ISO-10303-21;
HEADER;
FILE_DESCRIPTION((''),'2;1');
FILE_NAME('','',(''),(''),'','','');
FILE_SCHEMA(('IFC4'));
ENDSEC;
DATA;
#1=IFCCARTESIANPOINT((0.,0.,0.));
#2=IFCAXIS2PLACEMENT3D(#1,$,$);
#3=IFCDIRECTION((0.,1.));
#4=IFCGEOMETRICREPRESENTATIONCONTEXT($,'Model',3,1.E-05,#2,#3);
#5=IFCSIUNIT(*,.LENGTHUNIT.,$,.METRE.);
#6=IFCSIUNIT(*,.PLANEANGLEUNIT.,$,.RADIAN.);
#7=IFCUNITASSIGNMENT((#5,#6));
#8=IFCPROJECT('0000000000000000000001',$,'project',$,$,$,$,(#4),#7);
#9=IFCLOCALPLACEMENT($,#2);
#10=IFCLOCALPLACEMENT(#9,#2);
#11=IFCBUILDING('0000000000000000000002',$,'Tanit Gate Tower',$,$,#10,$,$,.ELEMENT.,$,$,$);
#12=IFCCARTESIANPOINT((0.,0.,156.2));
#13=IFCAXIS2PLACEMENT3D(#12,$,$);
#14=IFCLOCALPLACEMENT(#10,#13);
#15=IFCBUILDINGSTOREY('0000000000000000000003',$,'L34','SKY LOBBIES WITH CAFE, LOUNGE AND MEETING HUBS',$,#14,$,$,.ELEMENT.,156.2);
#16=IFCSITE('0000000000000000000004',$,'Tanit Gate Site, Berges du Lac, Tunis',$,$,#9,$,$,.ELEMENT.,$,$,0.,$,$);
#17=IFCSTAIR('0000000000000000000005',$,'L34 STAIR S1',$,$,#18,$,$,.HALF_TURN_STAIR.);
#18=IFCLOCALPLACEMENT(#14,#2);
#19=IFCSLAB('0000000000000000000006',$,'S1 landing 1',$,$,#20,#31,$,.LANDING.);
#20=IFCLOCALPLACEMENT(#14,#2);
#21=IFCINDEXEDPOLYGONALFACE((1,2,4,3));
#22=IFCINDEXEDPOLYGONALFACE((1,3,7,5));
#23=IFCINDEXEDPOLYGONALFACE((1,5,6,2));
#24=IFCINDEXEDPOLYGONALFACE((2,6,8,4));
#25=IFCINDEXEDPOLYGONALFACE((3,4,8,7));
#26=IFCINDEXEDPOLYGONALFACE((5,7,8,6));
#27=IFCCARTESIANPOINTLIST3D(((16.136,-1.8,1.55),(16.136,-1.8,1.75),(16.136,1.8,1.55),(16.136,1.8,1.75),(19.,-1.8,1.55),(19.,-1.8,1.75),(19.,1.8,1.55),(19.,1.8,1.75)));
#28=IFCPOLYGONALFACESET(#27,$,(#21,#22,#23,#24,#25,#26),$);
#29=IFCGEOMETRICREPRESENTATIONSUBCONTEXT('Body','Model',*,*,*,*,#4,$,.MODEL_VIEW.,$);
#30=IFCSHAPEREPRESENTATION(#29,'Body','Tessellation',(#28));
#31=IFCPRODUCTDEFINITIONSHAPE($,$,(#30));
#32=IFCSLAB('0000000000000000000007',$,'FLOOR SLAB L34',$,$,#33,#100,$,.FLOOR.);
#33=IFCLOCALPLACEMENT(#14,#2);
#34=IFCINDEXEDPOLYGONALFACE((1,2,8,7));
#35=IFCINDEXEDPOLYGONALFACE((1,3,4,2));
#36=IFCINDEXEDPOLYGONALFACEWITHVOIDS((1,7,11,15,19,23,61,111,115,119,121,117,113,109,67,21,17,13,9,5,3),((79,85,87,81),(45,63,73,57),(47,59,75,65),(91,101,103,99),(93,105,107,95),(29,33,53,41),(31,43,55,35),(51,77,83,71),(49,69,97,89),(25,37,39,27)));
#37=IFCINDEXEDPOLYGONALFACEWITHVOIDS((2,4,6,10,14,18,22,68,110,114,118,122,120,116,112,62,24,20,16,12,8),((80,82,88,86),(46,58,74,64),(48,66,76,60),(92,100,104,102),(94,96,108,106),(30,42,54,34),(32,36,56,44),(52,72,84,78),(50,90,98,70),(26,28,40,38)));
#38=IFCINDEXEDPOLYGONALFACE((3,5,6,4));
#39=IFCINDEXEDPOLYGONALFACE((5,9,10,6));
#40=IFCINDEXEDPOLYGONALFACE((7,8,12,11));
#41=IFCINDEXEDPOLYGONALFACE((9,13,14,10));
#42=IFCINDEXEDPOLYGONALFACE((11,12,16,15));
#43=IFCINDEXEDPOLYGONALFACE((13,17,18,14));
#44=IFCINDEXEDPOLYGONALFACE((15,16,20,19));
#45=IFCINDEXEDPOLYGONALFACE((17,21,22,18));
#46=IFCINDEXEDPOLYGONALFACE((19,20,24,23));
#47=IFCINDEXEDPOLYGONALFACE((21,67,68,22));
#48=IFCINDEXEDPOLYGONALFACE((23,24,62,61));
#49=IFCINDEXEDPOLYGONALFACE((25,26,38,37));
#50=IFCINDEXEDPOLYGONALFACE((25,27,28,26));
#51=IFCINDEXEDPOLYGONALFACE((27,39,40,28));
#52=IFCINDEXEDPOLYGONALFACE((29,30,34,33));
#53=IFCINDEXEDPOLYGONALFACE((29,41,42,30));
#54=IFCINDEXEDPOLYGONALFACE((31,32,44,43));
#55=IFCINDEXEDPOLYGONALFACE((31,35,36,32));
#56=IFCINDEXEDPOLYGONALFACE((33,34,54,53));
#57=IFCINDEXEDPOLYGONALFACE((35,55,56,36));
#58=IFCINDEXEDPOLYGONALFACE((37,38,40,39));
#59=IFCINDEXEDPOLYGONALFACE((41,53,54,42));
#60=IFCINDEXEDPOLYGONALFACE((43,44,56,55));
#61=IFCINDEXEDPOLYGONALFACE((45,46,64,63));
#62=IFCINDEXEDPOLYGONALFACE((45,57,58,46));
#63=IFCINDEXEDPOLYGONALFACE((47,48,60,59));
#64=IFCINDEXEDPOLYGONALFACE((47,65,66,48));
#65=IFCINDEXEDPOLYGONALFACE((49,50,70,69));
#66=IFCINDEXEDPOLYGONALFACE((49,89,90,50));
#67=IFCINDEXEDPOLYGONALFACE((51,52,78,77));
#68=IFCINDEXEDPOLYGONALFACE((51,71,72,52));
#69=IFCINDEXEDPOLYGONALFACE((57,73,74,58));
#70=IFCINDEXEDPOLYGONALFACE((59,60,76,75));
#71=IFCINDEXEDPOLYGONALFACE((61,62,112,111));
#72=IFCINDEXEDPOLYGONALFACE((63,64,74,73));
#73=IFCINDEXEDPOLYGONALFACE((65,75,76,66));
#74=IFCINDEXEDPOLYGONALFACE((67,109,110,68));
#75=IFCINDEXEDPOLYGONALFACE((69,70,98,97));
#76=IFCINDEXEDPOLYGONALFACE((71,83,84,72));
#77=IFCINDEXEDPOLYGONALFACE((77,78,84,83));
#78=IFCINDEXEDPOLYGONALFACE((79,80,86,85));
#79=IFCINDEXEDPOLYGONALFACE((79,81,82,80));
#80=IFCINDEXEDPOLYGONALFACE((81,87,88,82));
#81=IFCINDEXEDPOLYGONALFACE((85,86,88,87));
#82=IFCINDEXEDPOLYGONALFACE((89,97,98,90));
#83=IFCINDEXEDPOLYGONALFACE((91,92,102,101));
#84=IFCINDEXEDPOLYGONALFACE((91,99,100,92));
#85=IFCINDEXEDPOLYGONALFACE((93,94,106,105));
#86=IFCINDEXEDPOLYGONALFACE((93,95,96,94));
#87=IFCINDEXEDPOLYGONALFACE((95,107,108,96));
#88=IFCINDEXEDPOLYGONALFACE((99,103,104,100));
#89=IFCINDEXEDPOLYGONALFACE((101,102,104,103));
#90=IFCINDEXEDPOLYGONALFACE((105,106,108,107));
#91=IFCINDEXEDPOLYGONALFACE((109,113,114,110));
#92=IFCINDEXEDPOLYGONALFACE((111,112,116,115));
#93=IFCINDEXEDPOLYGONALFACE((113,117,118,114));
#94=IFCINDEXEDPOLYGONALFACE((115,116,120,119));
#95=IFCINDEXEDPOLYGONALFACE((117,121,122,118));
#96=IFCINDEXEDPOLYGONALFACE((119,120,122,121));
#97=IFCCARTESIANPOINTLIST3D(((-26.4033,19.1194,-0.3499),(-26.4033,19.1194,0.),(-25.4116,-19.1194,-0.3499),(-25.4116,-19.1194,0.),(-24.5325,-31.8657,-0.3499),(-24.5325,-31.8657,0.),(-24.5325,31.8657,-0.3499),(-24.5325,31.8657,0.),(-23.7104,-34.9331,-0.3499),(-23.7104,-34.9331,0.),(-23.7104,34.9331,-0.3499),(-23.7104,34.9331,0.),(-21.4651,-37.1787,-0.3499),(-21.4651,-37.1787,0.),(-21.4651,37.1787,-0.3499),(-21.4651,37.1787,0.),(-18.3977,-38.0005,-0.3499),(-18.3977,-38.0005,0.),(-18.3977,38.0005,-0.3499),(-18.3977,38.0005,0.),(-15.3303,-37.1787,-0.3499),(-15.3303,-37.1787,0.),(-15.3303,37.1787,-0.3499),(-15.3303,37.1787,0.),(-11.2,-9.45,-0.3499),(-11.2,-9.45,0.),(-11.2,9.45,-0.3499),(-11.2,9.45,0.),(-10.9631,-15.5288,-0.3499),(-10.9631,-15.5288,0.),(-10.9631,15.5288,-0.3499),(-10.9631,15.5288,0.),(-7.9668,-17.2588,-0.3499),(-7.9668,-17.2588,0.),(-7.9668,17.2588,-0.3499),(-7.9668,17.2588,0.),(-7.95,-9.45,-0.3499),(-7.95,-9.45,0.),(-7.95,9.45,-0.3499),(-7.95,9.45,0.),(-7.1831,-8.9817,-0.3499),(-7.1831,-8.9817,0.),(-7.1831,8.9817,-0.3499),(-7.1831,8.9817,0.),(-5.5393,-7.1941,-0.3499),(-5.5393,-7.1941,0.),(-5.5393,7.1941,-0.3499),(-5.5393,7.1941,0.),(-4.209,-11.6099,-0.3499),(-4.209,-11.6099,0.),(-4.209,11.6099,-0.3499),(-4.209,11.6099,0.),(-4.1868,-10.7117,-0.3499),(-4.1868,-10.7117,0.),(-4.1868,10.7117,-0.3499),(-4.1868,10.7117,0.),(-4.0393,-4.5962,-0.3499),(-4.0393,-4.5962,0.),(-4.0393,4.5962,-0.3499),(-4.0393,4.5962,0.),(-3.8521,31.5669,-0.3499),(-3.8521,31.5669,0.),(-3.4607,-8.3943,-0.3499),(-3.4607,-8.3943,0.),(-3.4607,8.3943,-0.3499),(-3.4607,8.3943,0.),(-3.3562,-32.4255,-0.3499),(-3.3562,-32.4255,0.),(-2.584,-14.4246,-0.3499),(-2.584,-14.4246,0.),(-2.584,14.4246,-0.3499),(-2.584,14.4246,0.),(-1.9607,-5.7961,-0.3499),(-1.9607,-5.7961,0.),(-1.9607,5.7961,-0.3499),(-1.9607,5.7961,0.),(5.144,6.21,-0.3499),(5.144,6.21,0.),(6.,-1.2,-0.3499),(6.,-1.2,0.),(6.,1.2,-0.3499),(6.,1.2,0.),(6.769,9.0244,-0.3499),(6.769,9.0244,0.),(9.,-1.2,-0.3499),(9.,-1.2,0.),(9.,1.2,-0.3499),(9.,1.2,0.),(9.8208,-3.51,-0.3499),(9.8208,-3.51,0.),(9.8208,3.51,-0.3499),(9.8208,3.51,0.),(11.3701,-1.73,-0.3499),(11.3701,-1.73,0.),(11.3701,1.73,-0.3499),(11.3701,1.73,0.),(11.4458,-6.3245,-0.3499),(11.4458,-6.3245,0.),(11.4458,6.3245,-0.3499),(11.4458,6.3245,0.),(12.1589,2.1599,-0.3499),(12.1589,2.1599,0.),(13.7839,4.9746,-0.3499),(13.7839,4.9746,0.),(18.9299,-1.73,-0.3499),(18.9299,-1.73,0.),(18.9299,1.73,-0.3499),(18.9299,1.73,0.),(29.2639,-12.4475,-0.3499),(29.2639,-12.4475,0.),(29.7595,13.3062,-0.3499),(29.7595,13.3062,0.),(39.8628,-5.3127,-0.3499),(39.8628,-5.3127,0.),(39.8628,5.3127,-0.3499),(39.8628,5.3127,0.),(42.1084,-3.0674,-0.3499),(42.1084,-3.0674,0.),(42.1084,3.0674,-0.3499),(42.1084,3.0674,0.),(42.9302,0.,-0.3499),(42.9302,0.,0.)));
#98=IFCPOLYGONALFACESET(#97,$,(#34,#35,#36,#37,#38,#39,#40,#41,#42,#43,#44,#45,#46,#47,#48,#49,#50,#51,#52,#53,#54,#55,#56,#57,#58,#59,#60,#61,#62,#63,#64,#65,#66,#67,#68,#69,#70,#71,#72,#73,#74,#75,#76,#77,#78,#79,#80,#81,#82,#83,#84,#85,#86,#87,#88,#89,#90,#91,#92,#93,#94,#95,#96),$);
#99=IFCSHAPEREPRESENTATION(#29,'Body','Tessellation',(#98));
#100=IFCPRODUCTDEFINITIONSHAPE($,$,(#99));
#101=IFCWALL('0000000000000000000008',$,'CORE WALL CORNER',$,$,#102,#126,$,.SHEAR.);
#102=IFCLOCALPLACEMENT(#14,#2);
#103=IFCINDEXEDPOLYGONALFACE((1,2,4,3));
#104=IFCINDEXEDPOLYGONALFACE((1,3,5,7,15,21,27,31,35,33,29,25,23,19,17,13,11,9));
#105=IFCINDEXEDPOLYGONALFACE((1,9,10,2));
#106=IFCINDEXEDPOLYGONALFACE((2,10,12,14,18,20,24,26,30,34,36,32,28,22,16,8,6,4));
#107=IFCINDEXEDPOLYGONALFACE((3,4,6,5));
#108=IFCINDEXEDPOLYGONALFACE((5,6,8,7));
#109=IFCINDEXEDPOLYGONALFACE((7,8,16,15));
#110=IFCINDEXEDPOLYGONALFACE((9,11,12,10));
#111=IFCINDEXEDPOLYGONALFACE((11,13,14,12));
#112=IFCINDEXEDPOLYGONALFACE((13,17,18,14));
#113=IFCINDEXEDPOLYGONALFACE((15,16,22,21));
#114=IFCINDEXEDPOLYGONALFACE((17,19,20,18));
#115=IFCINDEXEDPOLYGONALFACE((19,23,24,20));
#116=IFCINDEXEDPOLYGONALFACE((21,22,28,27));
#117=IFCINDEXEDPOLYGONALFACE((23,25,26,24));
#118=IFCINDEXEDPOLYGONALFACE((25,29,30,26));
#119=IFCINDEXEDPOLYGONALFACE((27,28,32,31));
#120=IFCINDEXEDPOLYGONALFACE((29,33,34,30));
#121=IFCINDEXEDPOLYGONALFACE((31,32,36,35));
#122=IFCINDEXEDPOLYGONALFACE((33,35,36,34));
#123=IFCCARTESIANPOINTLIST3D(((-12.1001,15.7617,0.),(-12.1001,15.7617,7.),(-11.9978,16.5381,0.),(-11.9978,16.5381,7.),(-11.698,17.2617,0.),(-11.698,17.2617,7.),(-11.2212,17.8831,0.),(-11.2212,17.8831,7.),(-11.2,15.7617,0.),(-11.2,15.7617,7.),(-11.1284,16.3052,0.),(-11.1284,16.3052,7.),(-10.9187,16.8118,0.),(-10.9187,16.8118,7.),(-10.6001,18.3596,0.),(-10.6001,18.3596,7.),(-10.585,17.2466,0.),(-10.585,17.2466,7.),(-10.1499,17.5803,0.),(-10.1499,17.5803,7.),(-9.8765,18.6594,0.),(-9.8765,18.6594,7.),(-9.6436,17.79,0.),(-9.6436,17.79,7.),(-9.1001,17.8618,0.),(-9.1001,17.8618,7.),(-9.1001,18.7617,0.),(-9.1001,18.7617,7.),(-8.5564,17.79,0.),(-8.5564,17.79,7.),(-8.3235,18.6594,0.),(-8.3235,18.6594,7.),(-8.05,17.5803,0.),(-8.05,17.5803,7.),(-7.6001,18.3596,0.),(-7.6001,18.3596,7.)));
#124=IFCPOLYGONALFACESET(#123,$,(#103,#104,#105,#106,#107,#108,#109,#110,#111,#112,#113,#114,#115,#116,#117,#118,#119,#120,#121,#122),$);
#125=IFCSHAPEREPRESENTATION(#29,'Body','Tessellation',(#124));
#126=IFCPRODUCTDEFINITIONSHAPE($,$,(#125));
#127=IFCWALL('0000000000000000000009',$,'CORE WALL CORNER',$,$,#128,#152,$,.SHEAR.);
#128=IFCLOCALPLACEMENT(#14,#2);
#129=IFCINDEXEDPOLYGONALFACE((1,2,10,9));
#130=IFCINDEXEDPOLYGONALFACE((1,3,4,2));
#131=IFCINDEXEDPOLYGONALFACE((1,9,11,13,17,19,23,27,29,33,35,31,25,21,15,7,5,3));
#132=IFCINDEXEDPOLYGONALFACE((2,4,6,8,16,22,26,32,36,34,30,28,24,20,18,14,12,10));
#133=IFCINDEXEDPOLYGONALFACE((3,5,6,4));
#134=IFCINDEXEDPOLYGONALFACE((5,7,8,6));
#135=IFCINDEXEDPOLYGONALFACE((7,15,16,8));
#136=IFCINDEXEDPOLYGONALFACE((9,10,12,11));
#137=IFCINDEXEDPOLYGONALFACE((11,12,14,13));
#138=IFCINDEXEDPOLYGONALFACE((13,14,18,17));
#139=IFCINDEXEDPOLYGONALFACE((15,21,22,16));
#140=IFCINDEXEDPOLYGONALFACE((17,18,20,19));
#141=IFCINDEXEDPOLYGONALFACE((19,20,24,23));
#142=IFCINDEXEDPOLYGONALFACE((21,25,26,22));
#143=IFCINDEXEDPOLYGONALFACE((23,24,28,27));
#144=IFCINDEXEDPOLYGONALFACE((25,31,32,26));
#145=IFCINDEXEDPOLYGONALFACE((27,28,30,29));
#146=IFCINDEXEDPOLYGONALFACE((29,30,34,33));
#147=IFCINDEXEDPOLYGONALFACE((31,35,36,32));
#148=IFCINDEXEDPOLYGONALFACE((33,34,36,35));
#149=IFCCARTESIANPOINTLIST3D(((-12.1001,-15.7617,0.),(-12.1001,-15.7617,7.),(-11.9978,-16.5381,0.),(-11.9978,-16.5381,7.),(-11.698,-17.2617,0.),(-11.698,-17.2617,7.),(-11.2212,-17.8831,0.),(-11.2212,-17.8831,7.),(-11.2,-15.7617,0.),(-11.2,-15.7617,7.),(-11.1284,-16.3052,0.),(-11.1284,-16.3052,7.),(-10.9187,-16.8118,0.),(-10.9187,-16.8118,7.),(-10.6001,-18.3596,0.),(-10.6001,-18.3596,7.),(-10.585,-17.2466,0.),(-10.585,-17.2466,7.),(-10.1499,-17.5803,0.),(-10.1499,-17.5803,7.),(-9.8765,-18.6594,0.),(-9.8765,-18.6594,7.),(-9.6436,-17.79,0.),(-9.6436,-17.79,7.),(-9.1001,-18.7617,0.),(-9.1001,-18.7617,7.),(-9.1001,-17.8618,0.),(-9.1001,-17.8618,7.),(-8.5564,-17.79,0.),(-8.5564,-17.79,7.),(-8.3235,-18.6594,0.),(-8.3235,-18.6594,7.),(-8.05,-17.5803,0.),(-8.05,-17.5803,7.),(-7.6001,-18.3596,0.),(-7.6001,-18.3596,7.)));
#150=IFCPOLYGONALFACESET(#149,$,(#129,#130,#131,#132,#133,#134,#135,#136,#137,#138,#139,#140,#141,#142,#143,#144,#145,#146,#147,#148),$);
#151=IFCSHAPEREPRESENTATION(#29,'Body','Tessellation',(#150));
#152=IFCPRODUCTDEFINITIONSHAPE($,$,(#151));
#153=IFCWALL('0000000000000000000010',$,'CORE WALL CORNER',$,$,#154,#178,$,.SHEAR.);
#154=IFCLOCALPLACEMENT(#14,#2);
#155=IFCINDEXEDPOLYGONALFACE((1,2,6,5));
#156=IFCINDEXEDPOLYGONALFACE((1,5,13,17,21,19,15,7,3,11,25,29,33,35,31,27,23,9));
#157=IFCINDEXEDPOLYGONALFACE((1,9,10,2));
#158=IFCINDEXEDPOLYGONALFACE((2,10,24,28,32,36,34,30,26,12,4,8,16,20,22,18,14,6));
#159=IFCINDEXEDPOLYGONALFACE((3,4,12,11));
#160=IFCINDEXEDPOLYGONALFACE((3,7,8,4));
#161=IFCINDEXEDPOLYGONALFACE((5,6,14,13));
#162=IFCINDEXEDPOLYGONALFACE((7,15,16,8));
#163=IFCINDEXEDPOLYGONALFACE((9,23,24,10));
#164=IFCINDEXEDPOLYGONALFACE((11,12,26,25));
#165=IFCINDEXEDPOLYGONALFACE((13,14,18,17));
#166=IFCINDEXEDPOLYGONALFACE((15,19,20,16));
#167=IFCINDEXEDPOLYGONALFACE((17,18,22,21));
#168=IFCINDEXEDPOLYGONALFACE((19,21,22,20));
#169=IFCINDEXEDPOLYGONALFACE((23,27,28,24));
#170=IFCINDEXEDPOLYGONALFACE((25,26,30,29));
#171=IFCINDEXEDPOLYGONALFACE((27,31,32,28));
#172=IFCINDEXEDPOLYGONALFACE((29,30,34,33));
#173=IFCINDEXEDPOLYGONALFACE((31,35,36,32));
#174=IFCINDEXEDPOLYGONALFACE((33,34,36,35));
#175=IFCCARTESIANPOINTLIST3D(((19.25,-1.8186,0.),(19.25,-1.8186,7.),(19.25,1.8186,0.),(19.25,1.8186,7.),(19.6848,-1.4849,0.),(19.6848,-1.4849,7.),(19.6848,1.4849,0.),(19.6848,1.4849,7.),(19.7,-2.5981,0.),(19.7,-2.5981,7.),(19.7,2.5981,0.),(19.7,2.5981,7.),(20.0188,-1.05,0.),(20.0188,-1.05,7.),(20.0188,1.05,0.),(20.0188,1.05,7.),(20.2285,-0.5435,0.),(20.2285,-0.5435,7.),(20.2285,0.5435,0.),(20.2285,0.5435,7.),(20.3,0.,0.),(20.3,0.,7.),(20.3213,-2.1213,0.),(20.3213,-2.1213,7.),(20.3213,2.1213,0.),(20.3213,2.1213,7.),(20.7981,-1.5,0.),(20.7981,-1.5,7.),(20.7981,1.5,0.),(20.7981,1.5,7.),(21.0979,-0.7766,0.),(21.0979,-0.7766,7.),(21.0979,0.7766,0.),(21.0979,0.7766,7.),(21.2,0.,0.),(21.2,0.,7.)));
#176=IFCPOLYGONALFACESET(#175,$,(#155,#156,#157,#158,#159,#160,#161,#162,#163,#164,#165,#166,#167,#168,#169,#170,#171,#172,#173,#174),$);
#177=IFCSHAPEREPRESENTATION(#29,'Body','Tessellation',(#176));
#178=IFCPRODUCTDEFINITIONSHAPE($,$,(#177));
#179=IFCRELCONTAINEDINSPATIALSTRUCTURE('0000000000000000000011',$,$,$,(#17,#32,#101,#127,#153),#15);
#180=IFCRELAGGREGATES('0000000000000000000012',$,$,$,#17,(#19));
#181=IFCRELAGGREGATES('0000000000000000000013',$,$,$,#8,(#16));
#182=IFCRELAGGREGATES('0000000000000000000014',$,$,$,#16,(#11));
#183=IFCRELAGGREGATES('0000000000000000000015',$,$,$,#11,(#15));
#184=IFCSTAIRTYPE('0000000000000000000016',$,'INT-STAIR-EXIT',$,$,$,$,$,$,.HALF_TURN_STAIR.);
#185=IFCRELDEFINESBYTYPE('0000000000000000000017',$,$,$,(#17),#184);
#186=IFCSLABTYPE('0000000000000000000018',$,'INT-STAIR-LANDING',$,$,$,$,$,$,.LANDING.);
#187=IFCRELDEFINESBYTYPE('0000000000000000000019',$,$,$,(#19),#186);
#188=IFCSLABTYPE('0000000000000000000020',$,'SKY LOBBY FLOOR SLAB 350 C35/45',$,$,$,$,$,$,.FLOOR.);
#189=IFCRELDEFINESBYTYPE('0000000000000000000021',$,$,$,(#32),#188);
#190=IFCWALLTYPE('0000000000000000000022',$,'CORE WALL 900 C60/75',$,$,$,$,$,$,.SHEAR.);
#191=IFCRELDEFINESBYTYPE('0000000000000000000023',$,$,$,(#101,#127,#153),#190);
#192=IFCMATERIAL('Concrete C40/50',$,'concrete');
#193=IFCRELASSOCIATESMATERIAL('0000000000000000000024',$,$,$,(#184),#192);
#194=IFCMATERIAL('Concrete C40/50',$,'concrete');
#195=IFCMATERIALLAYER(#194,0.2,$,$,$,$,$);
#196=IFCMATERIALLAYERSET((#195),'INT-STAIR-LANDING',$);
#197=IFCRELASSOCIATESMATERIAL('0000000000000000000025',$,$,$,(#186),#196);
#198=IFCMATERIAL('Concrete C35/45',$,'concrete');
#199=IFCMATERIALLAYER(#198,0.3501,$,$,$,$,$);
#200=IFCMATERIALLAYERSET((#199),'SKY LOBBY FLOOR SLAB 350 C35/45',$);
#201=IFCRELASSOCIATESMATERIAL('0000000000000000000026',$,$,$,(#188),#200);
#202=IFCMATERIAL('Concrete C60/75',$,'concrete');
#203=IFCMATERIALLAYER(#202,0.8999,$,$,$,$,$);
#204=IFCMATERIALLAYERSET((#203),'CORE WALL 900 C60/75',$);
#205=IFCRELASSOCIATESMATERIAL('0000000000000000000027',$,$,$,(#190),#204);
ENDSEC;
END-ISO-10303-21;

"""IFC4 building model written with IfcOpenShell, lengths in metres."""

from ifc_helpers import new_model, si_unit, direction, frame, origin, place, context, subcontext, project, spatial, polyline, outline, extrude, material, layer, layer_set, type_object, element, aggregate, save


model = new_model("IFC4")

# Units and contexts
model_context = context("Model", 3, precision=1e-05, world=origin(), true_north=direction((0.0, 1.0)))
body_context = subcontext(model_context, "Body", "Model", "MODEL_VIEW")
ifc_project = project(units=[si_unit("LENGTHUNIT", "METRE"), si_unit("PLANEANGLEUNIT", "RADIAN")], contexts=[model_context])

# Site, building, storey
site_placement = place(None, origin())
site = spatial("IfcSite", under=ifc_project, at=site_placement, Name="Tanit Gate Site, Berges du Lac, Tunis", CompositionType="ELEMENT", RefElevation=0.0)
building_placement = place(site_placement, origin())
building = spatial("IfcBuilding", under=site, at=building_placement, Name="Tanit Gate Tower", CompositionType="ELEMENT")
storey_placement = place(building_placement, frame((0.0, 0.0, 156.2)))
storey = spatial("IfcBuildingStorey", under=building, at=storey_placement, Name="L34", Description="SKY LOBBIES WITH CAFE, LOUNGE AND MEETING HUBS", CompositionType="ELEMENT", Elevation=156.2)

# Stair, slab
ifc_material_1 = material(Name="Concrete C40/50", Category="concrete")
stair_type = type_object("IfcStairType", Name="INT-STAIR-EXIT", PredefinedType="HALF_TURN_STAIR", material=ifc_material_1)
stair_placement = place(storey_placement, origin())
stair = element("IfcStair", 1, at=stair_placement, inside=storey, type_object=stair_type, Name="L34 STAIR S1", PredefinedType="HALF_TURN_STAIR")
ifc_material_2 = material(Name="Concrete C40/50", Category="concrete")
ifc_layer_1 = layer(ifc_material_2, 0.2)
ifc_layer_set_1 = layer_set([ifc_layer_1], Name="INT-STAIR-LANDING")
slab_type_1 = type_object("IfcSlabType", Name="INT-STAIR-LANDING", PredefinedType="LANDING", material=ifc_layer_set_1)
slab_1_placement = place(storey_placement, frame((0.0, 0.0, 1.55)))
slab_1 = element("IfcSlab", 2, at=slab_1_placement, type_object=slab_type_1, Name="S1 landing 1", PredefinedType="LANDING", context=body_context, shape_type="SweptSolid", body=[
    extrude(outline(polyline([(16.136, -1.8), (19.0, -1.8), (19.0, 1.8), (16.136, 1.8), (16.136, -1.8)])), origin(), (0.0, 0.0, 1.0), 0.2),
])
aggregate(stair, [slab_1])

# Slab
ifc_material_3 = material(Name="Concrete C35/45", Category="concrete")
ifc_layer_2 = layer(ifc_material_3, 0.3501)
ifc_layer_set_2 = layer_set([ifc_layer_2], Name="SKY LOBBY FLOOR SLAB 350 C35/45")
slab_type_2 = type_object("IfcSlabType", Name="SKY LOBBY FLOOR SLAB 350 C35/45", PredefinedType="FLOOR", material=ifc_layer_set_2)
slab_2_placement = place(storey_placement, frame((0.0, 0.0, -0.3499)))
element("IfcSlab", 3, at=slab_2_placement, inside=storey, type_object=slab_type_2, Name="FLOOR SLAB L34", PredefinedType="FLOOR", context=body_context, shape_type="SweptSolid", body=[
    extrude(outline(polyline([(39.8628, 5.3127), (42.1084, 3.0674), (42.9302, 0.0), (42.1084, -3.0674), (39.8628, -5.3127), (29.2639, -12.4475), (-3.3562, -32.4255), (-15.3303, -37.1787), (-18.3977, -38.0005), (-21.4651, -37.1787), (-23.7104, -34.9331), (-24.5325, -31.8657), (-25.4116, -19.1194), (-26.4033, 19.1194), (-24.5325, 31.8657), (-23.7104, 34.9331), (-21.4651, 37.1787), (-18.3977, 38.0005), (-15.3303, 37.1787), (-3.8521, 31.5669), (29.7595, 13.3062), (39.8628, 5.3127)]), holes=[polyline([(18.9299, 1.73), (18.9299, -1.73), (11.3701, -1.73), (11.3701, 1.73), (18.9299, 1.73)]), polyline([(9.8208, 3.51), (11.4458, 6.3245), (13.7839, 4.9746), (12.1589, 2.1599), (9.8208, 3.51)]), polyline([(-4.209, -11.6099), (9.8208, -3.51), (11.4458, -6.3245), (-2.584, -14.4246), (-4.209, -11.6099)]), polyline([(6.0, 1.2), (9.0, 1.2), (9.0, -1.2), (6.0, -1.2), (6.0, 1.2)]), polyline([(-4.209, 11.6099), (-2.584, 14.4246), (6.769, 9.0244), (5.144, 6.21), (-4.209, 11.6099)]), polyline([(-5.5393, 7.1941), (-3.4607, 8.3943), (-1.9607, 5.7961), (-4.0393, 4.5962), (-5.5393, 7.1941)]), polyline([(-3.4607, -8.3943), (-5.5393, -7.1941), (-4.0393, -4.5962), (-1.9607, -5.7961), (-3.4607, -8.3943)]), polyline([(-10.9631, 15.5288), (-7.9668, 17.2588), (-4.1868, 10.7117), (-7.1831, 8.9817), (-10.9631, 15.5288)]), polyline([(-4.1868, -10.7117), (-7.9668, -17.2588), (-10.9631, -15.5288), (-7.1831, -8.9817), (-4.1868, -10.7117)]), polyline([(-11.2, -9.45), (-11.2, 9.45), (-7.95, 9.45), (-7.95, -9.45), (-11.2, -9.45)])]), origin(), (0.0, 0.0, 1.0), 0.3499),
])

# Walls
ifc_material_4 = material(Name="Concrete C60/75", Category="concrete")
ifc_layer_3 = layer(ifc_material_4, 0.8999)
ifc_layer_set_3 = layer_set([ifc_layer_3], Name="CORE WALL 900 C60/75")
wall_type_1 = type_object("IfcWallType", Name="CORE WALL 900 C60/75", PredefinedType="SHEAR", material=ifc_layer_set_3)
wall_1_placement = place(storey_placement, origin())
element("IfcWall", 4, at=wall_1_placement, inside=storey, type_object=wall_type_1, Name="CORE WALL CORNER", PredefinedType="SHEAR", context=body_context, shape_type="SweptSolid", body=[
    extrude(outline(polyline([(-7.6001, 18.3596), (-8.3235, 18.6594), (-9.1001, 18.7617), (-9.8765, 18.6594), (-10.6001, 18.3596), (-11.2212, 17.8831), (-11.698, 17.2617), (-11.9978, 16.5381), (-12.1001, 15.7617), (-11.2, 15.7617), (-11.1284, 16.3052), (-10.9187, 16.8118), (-10.585, 17.2466), (-10.1499, 17.5803), (-9.6436, 17.79), (-9.1001, 17.8618), (-8.5564, 17.79), (-8.05, 17.5803), (-7.6001, 18.3596)])), origin(), (0.0, 0.0, 1.0), 7.0),
])
wall_2_placement = place(storey_placement, origin())
element("IfcWall", 5, at=wall_2_placement, inside=storey, type_object=wall_type_1, Name="CORE WALL CORNER", PredefinedType="SHEAR", context=body_context, shape_type="SweptSolid", body=[
    extrude(outline(polyline([(-12.1001, -15.7617), (-11.9978, -16.5381), (-11.698, -17.2617), (-11.2212, -17.8831), (-10.6001, -18.3596), (-9.8765, -18.6594), (-9.1001, -18.7617), (-8.3235, -18.6594), (-7.6001, -18.3596), (-8.05, -17.5803), (-8.5564, -17.79), (-9.1001, -17.8618), (-9.6436, -17.79), (-10.1499, -17.5803), (-10.585, -17.2466), (-10.9187, -16.8118), (-11.1284, -16.3052), (-11.2, -15.7617), (-12.1001, -15.7617)])), origin(), (0.0, 0.0, 1.0), 7.0),
])
wall_3_placement = place(storey_placement, origin())
element("IfcWall", 6, at=wall_3_placement, inside=storey, type_object=wall_type_1, Name="CORE WALL CORNER", PredefinedType="SHEAR", context=body_context, shape_type="SweptSolid", body=[
    extrude(outline(polyline([(19.7, -2.5981), (20.3213, -2.1213), (20.7981, -1.5), (21.0979, -0.7766), (21.2, 0.0), (21.0979, 0.7766), (20.7981, 1.5), (20.3213, 2.1213), (19.7, 2.5981), (19.25, 1.8186), (19.6848, 1.4849), (20.0188, 1.05), (20.2285, 0.5435), (20.3, 0.0), (20.2285, -0.5435), (20.0188, -1.05), (19.6848, -1.4849), (19.25, -1.8186), (19.7, -2.5981)])), origin(), (0.0, 0.0, 1.0), 7.0),
])

save(model, "model.ifc")
